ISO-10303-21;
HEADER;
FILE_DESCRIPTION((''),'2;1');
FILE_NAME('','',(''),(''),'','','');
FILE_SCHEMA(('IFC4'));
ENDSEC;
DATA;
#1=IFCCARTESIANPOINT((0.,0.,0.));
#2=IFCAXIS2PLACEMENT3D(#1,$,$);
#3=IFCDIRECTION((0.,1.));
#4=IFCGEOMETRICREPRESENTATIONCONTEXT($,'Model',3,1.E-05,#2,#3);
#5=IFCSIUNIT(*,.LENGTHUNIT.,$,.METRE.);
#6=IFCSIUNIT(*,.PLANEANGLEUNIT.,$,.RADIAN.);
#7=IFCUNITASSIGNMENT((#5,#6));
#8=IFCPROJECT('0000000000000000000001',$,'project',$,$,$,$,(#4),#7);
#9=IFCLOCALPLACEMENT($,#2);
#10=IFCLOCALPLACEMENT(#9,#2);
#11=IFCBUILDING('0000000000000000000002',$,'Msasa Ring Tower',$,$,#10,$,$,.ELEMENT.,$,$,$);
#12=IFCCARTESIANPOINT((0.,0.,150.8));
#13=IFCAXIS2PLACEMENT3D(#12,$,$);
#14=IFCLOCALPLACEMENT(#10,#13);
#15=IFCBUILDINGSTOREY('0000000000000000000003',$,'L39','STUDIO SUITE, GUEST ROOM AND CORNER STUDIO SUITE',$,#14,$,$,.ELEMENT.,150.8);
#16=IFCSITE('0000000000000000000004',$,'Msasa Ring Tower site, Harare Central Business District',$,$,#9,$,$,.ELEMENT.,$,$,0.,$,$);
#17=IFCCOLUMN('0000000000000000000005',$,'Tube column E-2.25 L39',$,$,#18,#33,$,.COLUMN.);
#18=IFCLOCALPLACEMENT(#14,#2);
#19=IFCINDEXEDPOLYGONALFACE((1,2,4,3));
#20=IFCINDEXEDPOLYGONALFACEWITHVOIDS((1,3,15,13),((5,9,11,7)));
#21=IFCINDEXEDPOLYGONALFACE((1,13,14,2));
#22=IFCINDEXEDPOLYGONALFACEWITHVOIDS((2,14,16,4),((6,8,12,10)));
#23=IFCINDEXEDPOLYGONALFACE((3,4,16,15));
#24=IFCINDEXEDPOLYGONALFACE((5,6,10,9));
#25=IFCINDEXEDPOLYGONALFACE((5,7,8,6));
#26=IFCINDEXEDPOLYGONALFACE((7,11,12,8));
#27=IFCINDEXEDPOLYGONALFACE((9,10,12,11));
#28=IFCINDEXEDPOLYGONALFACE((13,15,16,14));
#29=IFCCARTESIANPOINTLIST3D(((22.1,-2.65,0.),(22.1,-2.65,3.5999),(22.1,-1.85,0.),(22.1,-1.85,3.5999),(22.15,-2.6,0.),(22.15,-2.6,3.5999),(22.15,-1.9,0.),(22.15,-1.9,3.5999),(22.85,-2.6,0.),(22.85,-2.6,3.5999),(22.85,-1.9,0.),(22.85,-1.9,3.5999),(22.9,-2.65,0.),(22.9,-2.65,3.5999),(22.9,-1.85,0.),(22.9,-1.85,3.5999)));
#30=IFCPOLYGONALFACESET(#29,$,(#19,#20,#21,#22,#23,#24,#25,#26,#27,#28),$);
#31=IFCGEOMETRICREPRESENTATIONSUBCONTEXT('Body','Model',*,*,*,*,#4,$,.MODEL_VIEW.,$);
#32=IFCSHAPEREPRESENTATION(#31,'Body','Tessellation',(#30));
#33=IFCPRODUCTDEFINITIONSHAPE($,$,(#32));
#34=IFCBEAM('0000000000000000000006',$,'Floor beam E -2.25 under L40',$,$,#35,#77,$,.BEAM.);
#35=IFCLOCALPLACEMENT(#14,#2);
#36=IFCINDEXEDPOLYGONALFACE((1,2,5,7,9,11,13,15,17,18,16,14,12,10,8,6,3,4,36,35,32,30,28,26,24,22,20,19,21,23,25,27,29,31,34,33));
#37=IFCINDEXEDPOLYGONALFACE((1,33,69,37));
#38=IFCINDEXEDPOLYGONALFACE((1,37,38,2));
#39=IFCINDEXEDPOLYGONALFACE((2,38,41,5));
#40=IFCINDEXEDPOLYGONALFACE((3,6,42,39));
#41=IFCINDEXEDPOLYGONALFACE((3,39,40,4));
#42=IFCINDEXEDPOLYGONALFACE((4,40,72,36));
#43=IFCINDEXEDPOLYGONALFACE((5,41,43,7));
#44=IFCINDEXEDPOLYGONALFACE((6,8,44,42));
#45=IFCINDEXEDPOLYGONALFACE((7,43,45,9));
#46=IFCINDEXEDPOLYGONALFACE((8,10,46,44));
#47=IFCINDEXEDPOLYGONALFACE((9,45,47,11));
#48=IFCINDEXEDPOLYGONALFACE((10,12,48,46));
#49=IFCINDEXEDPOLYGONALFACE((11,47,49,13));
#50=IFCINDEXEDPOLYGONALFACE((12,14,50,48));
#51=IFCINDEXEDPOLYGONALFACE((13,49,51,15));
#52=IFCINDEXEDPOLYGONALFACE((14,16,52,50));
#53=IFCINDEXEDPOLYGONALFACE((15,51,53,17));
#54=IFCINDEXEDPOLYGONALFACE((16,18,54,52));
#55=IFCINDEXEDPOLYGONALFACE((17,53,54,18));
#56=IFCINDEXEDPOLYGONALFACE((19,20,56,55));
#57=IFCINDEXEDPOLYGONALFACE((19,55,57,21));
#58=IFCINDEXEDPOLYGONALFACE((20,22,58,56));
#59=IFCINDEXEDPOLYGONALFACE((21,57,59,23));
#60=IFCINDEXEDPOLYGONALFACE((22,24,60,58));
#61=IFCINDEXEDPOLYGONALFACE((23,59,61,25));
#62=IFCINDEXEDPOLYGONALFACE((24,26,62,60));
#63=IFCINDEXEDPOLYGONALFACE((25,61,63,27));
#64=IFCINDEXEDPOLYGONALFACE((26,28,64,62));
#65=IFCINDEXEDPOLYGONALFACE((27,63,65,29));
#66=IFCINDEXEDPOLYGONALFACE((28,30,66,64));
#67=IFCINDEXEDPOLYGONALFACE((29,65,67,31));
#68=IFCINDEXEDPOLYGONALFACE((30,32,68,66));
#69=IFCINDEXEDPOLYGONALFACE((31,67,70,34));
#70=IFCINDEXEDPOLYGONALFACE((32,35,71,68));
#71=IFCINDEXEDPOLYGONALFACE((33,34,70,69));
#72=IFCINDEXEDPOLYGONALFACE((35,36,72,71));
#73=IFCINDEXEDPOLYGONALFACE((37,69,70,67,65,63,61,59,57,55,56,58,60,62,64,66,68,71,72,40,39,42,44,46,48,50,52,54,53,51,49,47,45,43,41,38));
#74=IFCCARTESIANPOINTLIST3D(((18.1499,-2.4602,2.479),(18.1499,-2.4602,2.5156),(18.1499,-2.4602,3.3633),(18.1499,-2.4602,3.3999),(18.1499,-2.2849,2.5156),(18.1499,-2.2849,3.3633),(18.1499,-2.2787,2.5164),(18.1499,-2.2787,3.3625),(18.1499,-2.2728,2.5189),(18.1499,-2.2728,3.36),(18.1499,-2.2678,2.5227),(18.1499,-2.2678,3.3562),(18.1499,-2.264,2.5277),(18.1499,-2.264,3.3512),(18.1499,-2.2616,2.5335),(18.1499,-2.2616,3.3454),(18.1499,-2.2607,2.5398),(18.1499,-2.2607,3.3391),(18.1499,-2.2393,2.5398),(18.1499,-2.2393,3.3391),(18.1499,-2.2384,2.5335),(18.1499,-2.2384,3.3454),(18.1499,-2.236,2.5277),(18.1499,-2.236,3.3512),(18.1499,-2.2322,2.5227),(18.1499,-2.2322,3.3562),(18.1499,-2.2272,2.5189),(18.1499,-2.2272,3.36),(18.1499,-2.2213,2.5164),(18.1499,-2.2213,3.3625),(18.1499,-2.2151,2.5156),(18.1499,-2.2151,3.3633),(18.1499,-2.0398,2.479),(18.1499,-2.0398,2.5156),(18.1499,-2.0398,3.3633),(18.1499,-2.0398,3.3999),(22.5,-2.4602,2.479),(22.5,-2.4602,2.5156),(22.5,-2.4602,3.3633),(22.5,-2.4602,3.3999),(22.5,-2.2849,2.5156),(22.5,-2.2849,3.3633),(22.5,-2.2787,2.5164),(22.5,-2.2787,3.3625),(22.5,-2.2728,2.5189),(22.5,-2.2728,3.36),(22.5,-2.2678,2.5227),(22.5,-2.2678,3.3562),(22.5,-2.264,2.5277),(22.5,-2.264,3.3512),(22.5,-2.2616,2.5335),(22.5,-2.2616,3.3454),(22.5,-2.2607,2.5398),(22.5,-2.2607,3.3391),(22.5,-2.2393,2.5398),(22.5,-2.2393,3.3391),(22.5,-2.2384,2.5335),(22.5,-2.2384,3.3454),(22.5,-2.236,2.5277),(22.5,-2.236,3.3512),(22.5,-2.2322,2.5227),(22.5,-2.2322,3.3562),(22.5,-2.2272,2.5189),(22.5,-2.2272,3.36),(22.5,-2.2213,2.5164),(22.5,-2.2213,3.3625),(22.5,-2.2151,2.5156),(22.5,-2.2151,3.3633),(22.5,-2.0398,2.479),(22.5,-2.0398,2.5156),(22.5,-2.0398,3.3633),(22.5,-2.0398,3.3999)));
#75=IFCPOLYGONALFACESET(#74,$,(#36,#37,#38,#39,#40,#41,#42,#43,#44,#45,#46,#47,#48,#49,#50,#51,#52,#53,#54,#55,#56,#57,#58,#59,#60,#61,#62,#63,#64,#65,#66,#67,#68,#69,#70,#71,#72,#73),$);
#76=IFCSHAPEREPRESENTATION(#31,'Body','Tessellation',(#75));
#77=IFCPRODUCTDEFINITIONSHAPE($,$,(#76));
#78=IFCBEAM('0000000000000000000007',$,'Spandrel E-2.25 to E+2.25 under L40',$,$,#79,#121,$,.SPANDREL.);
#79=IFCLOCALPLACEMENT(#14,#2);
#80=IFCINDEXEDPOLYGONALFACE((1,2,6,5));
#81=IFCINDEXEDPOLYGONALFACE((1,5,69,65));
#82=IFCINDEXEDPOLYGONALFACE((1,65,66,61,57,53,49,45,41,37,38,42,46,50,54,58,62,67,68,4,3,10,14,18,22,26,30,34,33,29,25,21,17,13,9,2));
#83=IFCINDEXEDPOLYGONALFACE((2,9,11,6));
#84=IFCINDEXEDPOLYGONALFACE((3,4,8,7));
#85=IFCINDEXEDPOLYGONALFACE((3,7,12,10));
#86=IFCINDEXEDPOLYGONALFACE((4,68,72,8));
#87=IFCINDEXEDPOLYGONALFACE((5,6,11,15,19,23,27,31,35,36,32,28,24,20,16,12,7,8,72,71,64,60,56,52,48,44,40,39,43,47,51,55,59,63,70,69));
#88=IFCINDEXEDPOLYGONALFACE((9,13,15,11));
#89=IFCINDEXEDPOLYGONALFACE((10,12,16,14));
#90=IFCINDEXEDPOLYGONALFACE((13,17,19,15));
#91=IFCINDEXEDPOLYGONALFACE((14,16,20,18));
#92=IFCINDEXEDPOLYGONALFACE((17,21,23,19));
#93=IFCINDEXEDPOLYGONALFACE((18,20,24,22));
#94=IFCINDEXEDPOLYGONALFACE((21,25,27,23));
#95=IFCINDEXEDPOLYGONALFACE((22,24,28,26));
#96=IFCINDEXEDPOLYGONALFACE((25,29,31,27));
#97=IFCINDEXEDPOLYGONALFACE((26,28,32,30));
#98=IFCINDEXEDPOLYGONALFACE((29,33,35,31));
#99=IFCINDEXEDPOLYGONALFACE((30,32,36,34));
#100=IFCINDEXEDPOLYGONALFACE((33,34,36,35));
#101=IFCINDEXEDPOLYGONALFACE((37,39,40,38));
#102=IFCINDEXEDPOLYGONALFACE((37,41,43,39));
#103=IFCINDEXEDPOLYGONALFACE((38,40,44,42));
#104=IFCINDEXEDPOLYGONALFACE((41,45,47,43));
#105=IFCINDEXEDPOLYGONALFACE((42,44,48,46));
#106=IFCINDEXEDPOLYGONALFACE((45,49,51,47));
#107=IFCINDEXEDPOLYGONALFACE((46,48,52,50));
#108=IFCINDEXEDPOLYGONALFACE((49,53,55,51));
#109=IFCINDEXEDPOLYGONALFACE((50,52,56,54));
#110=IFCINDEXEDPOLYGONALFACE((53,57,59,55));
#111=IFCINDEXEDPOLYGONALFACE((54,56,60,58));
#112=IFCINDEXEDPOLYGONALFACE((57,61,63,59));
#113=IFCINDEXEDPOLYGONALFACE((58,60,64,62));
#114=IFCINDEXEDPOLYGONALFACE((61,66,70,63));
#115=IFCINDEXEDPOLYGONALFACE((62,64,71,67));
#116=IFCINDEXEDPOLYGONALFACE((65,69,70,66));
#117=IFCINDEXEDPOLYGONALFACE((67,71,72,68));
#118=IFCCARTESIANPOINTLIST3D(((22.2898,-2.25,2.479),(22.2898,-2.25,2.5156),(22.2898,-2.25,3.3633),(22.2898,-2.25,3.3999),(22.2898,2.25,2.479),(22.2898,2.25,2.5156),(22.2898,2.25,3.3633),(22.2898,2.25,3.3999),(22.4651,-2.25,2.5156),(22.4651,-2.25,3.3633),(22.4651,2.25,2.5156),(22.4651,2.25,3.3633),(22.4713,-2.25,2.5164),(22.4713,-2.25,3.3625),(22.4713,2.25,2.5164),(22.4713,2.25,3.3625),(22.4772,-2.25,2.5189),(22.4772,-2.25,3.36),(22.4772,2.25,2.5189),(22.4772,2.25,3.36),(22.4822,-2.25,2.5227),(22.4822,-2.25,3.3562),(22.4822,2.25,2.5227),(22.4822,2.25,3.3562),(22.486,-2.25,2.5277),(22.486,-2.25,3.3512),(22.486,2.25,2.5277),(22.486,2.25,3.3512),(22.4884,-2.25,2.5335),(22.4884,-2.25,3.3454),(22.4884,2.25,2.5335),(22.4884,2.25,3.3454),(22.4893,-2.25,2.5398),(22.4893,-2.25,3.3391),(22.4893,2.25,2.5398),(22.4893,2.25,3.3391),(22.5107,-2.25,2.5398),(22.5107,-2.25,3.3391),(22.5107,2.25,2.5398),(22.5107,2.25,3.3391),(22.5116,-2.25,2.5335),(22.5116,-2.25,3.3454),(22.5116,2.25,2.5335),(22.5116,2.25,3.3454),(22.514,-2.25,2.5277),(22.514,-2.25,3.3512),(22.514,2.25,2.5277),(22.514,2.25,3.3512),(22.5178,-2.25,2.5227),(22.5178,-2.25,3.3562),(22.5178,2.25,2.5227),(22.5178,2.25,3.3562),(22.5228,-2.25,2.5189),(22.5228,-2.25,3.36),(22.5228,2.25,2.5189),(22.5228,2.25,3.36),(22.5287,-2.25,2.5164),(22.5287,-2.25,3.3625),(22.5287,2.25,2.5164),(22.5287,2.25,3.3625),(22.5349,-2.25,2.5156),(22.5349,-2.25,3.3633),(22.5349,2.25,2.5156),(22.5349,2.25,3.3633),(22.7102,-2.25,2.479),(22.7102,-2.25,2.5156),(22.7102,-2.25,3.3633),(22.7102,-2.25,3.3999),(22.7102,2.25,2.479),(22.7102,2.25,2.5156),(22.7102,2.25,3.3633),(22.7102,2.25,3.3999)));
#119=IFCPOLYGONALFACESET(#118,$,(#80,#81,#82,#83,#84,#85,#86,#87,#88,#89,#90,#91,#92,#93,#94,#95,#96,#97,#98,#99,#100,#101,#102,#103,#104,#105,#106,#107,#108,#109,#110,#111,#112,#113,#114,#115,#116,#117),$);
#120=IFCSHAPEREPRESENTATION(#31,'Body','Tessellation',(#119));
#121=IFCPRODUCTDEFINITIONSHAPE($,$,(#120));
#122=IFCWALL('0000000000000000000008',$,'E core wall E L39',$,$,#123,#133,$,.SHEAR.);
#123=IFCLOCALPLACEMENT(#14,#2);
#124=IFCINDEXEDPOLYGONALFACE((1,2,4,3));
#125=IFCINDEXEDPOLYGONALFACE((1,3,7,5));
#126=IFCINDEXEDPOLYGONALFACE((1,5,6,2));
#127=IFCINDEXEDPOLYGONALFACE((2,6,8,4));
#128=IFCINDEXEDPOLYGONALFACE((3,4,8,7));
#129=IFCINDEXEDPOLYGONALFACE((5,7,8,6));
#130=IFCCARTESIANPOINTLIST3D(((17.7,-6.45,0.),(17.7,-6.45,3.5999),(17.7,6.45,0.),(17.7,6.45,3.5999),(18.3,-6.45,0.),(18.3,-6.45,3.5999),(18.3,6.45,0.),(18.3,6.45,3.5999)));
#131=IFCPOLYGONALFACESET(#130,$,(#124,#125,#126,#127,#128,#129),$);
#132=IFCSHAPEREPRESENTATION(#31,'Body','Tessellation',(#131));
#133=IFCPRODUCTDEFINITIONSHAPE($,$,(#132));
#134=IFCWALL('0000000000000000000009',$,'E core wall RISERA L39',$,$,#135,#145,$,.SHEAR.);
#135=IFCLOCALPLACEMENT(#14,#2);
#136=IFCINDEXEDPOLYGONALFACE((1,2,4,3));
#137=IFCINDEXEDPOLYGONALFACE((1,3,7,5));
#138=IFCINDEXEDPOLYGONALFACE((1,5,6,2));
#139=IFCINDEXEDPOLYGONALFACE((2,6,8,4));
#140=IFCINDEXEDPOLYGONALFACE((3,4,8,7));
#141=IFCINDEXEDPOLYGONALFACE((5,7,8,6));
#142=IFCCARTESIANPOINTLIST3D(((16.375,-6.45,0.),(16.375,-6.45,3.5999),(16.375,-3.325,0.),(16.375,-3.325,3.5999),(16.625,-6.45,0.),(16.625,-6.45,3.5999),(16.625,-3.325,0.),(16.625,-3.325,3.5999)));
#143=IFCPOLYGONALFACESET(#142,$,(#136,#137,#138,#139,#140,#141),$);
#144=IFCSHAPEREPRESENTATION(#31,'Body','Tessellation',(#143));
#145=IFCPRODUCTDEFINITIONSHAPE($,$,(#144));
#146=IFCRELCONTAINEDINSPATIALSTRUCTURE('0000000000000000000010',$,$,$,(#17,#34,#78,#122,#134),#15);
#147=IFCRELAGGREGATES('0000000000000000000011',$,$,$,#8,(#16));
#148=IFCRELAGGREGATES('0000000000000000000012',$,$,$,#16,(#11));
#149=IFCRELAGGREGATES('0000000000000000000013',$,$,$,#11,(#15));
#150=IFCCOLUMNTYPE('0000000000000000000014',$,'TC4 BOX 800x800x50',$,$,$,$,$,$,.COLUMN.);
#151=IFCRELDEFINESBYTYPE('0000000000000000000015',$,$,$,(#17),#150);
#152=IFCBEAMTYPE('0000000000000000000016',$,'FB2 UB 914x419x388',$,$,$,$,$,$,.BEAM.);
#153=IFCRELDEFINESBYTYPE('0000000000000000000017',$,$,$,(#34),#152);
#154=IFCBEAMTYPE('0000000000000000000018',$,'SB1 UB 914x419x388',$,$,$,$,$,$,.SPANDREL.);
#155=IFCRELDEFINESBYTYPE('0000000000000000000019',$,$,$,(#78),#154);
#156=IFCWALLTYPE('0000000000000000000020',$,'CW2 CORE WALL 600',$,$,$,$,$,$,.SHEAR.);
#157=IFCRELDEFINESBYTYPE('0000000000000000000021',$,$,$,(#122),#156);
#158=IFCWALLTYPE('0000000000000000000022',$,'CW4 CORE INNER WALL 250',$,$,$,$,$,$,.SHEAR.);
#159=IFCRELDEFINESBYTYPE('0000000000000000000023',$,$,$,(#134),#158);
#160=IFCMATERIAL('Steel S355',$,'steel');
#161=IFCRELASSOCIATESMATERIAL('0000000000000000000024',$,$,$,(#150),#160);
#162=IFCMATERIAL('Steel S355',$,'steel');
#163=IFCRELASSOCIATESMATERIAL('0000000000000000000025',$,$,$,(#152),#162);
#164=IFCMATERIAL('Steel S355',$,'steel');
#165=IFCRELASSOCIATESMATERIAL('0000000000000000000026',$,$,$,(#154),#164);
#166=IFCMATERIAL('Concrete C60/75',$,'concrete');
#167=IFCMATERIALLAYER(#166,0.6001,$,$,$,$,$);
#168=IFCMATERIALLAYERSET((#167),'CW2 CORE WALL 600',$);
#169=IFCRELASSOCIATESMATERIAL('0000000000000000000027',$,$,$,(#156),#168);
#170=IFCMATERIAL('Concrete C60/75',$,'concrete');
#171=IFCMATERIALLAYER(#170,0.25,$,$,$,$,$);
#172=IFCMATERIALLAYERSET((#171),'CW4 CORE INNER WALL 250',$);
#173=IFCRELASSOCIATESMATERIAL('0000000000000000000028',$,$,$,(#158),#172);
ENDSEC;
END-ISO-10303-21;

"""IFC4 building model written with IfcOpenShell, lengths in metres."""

from ifc_helpers import new_model, si_unit, direction, frame, frame_2d, origin, origin_2d, place, context, subcontext, project, spatial, rectangle, hollow_rectangle, i_section, extrude, material, layer, layer_set, material_profile, profile_set, type_object, element, save


model = new_model("IFC4")

# Units and contexts
model_context = context("Model", 3, precision=1e-05, world=origin(), true_north=direction((0.0, 1.0)))
body_context = subcontext(model_context, "Body", "Model", "MODEL_VIEW")
ifc_project = project(units=[si_unit("LENGTHUNIT", "METRE"), si_unit("PLANEANGLEUNIT", "RADIAN")], contexts=[model_context])

# Site, building, storey
site_placement = place(None, origin())
site = spatial("IfcSite", under=ifc_project, at=site_placement, Name="Msasa Ring Tower site, Harare Central Business District", CompositionType="ELEMENT", RefElevation=0.0)
building_placement = place(site_placement, origin())
building = spatial("IfcBuilding", under=site, at=building_placement, Name="Msasa Ring Tower", CompositionType="ELEMENT")
storey_placement = place(building_placement, frame((0.0, 0.0, 150.8)))
storey = spatial("IfcBuildingStorey", under=building, at=storey_placement, Name="L39", Description="STUDIO SUITE, GUEST ROOM AND CORNER STUDIO SUITE", CompositionType="ELEMENT", Elevation=150.8)

# Column
ifc_material_1 = material(Name="Steel S355", Category="steel")
ifc_material_profile_1 = material_profile(ifc_material_1, hollow_rectangle(XDim=0.8, YDim=0.8, WallThickness=0.05, at=origin_2d()), Name="BOX 800x800x50")
ifc_profile_set_1 = profile_set([ifc_material_profile_1], Name="Steel S355")
column_type = type_object("IfcColumnType", Name="TC4 BOX 800x800x50", PredefinedType="COLUMN", material=ifc_profile_set_1)
column_placement = place(storey_placement, frame((22.5, -2.25, 0.0), z_axis=(0.0, 0.0, 1.0), x_axis=(1.0, 0.0, 0.0)))
element("IfcColumn", 1, at=column_placement, inside=storey, type_object=column_type, Name="Tube column E-2.25 L39", PredefinedType="COLUMN", context=body_context, shape_type="SweptSolid", body=[
    extrude(hollow_rectangle(XDim=0.8, YDim=0.8, WallThickness=0.05, at=origin_2d()), origin(), (0.0, 0.0, 1.0), 3.5999),
])

# Beams
ifc_material_2 = material(Name="Steel S355", Category="steel")
ifc_material_profile_2 = material_profile(ifc_material_2, i_section(OverallWidth=0.4204, OverallDepth=0.9209, WebThickness=0.0215, FlangeThickness=0.0366, FilletRadius=0.0242, at=origin_2d()), Name="UB 914x419x388")
ifc_profile_set_2 = profile_set([ifc_material_profile_2], Name="Steel S355")
beam_type_1 = type_object("IfcBeamType", Name="FB2 UB 914x419x388", PredefinedType="BEAM", material=ifc_profile_set_2)
beam_1_placement = place(storey_placement, frame((22.5, -2.25, 2.9395), z_axis=(-1.0, 0.0, 0.0), x_axis=(0.0, -1.0, 0.0)))
element("IfcBeam", 2, at=beam_1_placement, inside=storey, type_object=beam_type_1, Name="Floor beam E -2.25 under L40", PredefinedType="BEAM", context=body_context, shape_type="SweptSolid", body=[
    extrude(i_section(OverallWidth=0.4204, OverallDepth=0.9209, WebThickness=0.0215, FlangeThickness=0.0366, FilletRadius=0.0242, at=origin_2d()), origin(), (0.0, 0.0, 1.0), 4.3501),
])
ifc_material_3 = material(Name="Steel S355", Category="steel")
ifc_material_profile_3 = material_profile(ifc_material_3, i_section(OverallWidth=0.4204, OverallDepth=0.9209, WebThickness=0.0215, FlangeThickness=0.0366, FilletRadius=0.0242, at=origin_2d()), Name="UB 914x419x388")
ifc_profile_set_3 = profile_set([ifc_material_profile_3], Name="Steel S355")
beam_type_2 = type_object("IfcBeamType", Name="SB1 UB 914x419x388", PredefinedType="SPANDREL", material=ifc_profile_set_3)
beam_2_placement = place(storey_placement, frame((22.5, -2.25, 2.9395), z_axis=(0.0, 1.0, 0.0), x_axis=(-1.0, 0.0, 0.0)))
element("IfcBeam", 3, at=beam_2_placement, inside=storey, type_object=beam_type_2, Name="Spandrel E-2.25 to E+2.25 under L40", PredefinedType="SPANDREL", context=body_context, shape_type="SweptSolid", body=[
    extrude(i_section(OverallWidth=0.4204, OverallDepth=0.9209, WebThickness=0.0215, FlangeThickness=0.0366, FilletRadius=0.0242, at=origin_2d()), origin(), (0.0, 0.0, 1.0), 4.5),
])

# Walls
ifc_material_4 = material(Name="Concrete C60/75", Category="concrete")
ifc_layer_1 = layer(ifc_material_4, 0.6001)
ifc_layer_set_1 = layer_set([ifc_layer_1], Name="CW2 CORE WALL 600")
wall_type_1 = type_object("IfcWallType", Name="CW2 CORE WALL 600", PredefinedType="SHEAR", material=ifc_layer_set_1)
wall_1_placement = place(storey_placement, frame((18.0, -6.45, 0.0), z_axis=(0.0, 0.0, 1.0), x_axis=(0.0, 1.0, 0.0)))
element("IfcWall", 4, at=wall_1_placement, inside=storey, type_object=wall_type_1, Name="E core wall E L39", PredefinedType="SHEAR", context=body_context, shape_type="SweptSolid", body=[
    extrude(rectangle(XDim=12.8999, YDim=0.6001, at=frame_2d((6.45, 0.0))), origin(), (0.0, 0.0, 1.0), 3.5999),
])
ifc_material_5 = material(Name="Concrete C60/75", Category="concrete")
ifc_layer_2 = layer(ifc_material_5, 0.25)
ifc_layer_set_2 = layer_set([ifc_layer_2], Name="CW4 CORE INNER WALL 250")
wall_type_2 = type_object("IfcWallType", Name="CW4 CORE INNER WALL 250", PredefinedType="SHEAR", material=ifc_layer_set_2)
wall_2_placement = place(storey_placement, frame((16.5, -6.45, 0.0), z_axis=(0.0, 0.0, 1.0), x_axis=(0.0, 1.0, 0.0)))
element("IfcWall", 5, at=wall_2_placement, inside=storey, type_object=wall_type_2, Name="E core wall RISERA L39", PredefinedType="SHEAR", context=body_context, shape_type="SweptSolid", body=[
    extrude(rectangle(XDim=3.125, YDim=0.25, at=frame_2d((1.5625, 0.0))), origin(), (0.0, 0.0, 1.0), 3.5999),
])

save(model, "model.ifc")
